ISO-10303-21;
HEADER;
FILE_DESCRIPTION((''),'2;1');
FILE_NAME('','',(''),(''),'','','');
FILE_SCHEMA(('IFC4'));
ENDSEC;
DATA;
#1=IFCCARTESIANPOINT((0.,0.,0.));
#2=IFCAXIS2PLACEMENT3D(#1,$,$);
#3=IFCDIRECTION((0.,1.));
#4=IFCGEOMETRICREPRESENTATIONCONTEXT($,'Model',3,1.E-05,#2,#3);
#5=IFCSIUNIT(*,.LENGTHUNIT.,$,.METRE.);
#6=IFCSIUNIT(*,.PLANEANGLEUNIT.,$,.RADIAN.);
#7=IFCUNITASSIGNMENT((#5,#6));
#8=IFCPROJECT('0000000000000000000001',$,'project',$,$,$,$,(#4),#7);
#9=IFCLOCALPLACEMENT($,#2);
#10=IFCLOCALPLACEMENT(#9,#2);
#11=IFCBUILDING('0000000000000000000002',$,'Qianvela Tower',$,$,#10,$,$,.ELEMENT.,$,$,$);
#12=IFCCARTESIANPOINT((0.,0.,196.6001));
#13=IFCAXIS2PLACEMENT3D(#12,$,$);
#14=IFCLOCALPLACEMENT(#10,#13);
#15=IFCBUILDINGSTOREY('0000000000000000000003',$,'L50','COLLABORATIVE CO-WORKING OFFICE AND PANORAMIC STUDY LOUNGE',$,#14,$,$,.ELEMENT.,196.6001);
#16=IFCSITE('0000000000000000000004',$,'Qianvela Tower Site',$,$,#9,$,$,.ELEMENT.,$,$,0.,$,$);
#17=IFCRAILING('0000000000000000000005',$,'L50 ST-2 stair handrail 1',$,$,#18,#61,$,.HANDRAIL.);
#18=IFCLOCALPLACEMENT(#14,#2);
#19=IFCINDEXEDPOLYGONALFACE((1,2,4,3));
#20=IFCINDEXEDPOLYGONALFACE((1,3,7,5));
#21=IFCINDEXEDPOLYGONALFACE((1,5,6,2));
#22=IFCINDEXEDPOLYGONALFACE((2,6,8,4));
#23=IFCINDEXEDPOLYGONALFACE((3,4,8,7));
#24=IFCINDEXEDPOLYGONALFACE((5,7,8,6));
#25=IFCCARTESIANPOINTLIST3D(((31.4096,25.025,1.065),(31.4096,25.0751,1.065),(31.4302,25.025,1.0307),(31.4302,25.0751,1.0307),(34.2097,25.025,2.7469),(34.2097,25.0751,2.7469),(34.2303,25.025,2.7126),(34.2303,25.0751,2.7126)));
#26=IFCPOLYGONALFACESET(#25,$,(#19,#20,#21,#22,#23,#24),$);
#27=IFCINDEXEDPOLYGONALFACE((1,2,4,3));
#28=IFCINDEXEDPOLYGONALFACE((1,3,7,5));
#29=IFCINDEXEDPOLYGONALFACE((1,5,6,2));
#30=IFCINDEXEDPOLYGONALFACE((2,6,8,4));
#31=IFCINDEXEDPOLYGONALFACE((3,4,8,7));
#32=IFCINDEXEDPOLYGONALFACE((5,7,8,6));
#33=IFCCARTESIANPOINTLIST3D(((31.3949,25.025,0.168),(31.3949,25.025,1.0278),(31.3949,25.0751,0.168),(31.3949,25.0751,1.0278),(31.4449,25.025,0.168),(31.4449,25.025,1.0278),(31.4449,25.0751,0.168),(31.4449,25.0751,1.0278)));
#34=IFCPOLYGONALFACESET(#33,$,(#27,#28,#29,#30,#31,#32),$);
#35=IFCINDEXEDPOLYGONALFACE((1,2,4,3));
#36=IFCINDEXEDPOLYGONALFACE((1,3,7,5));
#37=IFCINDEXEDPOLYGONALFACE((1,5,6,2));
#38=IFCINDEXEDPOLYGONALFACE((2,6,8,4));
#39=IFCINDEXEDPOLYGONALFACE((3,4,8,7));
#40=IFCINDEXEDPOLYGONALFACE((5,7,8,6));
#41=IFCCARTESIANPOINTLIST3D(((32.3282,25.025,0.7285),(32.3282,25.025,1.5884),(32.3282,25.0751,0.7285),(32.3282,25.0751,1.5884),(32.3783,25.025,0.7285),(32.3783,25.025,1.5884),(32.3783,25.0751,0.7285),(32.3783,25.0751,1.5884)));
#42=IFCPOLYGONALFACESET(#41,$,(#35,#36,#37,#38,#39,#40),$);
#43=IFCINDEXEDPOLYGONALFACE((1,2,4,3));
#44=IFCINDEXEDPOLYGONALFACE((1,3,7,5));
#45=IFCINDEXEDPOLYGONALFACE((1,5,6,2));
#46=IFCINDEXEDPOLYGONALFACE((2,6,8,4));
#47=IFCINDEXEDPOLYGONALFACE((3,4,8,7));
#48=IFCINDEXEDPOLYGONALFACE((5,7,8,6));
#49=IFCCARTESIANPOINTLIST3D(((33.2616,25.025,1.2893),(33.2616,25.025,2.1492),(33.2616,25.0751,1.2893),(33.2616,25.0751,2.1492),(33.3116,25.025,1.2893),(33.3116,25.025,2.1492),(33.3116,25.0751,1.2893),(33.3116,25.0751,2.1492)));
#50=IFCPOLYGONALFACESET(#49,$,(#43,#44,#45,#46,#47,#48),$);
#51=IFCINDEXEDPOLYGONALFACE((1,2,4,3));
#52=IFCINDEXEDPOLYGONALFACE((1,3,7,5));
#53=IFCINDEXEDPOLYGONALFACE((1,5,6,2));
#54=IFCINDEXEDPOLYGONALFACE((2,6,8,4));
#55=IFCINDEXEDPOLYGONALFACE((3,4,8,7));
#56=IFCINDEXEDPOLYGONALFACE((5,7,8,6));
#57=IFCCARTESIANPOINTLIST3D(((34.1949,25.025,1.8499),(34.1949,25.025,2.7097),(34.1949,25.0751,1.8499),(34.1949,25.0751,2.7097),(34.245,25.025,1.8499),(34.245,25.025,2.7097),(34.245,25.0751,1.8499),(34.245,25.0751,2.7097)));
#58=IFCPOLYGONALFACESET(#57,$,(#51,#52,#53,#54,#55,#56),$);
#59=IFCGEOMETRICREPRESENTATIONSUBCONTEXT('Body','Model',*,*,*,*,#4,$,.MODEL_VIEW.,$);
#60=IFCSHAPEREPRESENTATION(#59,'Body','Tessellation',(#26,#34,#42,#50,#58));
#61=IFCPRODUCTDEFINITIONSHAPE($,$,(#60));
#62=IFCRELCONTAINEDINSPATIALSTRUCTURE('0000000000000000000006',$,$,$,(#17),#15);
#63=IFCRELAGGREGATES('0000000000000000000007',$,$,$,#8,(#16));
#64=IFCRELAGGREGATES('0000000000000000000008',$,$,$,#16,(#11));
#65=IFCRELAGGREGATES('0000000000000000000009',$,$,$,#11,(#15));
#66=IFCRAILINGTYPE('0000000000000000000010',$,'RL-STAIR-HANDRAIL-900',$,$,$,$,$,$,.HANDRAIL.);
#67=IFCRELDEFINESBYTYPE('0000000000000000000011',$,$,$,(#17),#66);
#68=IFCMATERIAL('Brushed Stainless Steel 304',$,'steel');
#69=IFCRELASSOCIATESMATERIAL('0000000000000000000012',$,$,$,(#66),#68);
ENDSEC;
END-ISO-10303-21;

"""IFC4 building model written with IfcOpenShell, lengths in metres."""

from ifc_helpers import new_model, si_unit, direction, frame, origin, origin_2d, place, context, subcontext, project, spatial, rectangle, extrude, material, type_object, element, save


model = new_model("IFC4")

# Units and contexts
model_context = context("Model", 3, precision=1e-05, world=origin(), true_north=direction((0.0, 1.0)))
body_context = subcontext(model_context, "Body", "Model", "MODEL_VIEW")
ifc_project = project(units=[si_unit("LENGTHUNIT", "METRE"), si_unit("PLANEANGLEUNIT", "RADIAN")], contexts=[model_context])

# Site, building, storey
site_placement = place(None, origin())
site = spatial("IfcSite", under=ifc_project, at=site_placement, Name="Qianvela Tower Site", CompositionType="ELEMENT", RefElevation=0.0)
building_placement = place(site_placement, origin())
building = spatial("IfcBuilding", under=site, at=building_placement, Name="Qianvela Tower", CompositionType="ELEMENT")
storey_placement = place(building_placement, frame((0.0, 0.0, 196.6001)))
storey = spatial("IfcBuildingStorey", under=building, at=storey_placement, Name="L50", Description="COLLABORATIVE CO-WORKING OFFICE AND PANORAMIC STUDY LOUNGE", CompositionType="ELEMENT", Elevation=196.6001)

# Railing
ifc_material_1 = material(Name="Brushed Stainless Steel 304", Category="steel")
railing_type_1 = type_object("IfcRailingType", Name="RL-STAIR-HANDRAIL-900", PredefinedType="HANDRAIL", material=ifc_material_1)
railing_1_placement = place(storey_placement, frame((31.4199, 25.05, 0.168)))
element("IfcRailing", 1, at=railing_1_placement, inside=storey, type_object=railing_type_1, Name="L50 ST-2 stair handrail 1", PredefinedType="HANDRAIL", context=body_context, shape_type="SweptSolid", body=[
    extrude(rectangle(XDim=0.05, YDim=0.04, at=origin_2d()), frame((0.0, 0.0, 0.8799), z_axis=(0.857242, 0.0, 0.514913), x_axis=(0.0, 1.0, 0.0)), (0.0, 0.0, 1.0), 3.2664),
    extrude(rectangle(XDim=0.05, YDim=0.05, at=origin_2d()), origin(), (0.0, 0.0, 1.0), 0.8599),
    extrude(rectangle(XDim=0.05, YDim=0.05, at=origin_2d()), frame((0.9333, 0.0, 0.5605)), (0.0, 0.0, 1.0), 0.8599),
    extrude(rectangle(XDim=0.05, YDim=0.05, at=origin_2d()), frame((1.8667, 0.0, 1.1213)), (0.0, 0.0, 1.0), 0.8599),
    extrude(rectangle(XDim=0.05, YDim=0.05, at=origin_2d()), frame((2.8, 0.0, 1.6819)), (0.0, 0.0, 1.0), 0.8599),
])

save(model, "model.ifc")
